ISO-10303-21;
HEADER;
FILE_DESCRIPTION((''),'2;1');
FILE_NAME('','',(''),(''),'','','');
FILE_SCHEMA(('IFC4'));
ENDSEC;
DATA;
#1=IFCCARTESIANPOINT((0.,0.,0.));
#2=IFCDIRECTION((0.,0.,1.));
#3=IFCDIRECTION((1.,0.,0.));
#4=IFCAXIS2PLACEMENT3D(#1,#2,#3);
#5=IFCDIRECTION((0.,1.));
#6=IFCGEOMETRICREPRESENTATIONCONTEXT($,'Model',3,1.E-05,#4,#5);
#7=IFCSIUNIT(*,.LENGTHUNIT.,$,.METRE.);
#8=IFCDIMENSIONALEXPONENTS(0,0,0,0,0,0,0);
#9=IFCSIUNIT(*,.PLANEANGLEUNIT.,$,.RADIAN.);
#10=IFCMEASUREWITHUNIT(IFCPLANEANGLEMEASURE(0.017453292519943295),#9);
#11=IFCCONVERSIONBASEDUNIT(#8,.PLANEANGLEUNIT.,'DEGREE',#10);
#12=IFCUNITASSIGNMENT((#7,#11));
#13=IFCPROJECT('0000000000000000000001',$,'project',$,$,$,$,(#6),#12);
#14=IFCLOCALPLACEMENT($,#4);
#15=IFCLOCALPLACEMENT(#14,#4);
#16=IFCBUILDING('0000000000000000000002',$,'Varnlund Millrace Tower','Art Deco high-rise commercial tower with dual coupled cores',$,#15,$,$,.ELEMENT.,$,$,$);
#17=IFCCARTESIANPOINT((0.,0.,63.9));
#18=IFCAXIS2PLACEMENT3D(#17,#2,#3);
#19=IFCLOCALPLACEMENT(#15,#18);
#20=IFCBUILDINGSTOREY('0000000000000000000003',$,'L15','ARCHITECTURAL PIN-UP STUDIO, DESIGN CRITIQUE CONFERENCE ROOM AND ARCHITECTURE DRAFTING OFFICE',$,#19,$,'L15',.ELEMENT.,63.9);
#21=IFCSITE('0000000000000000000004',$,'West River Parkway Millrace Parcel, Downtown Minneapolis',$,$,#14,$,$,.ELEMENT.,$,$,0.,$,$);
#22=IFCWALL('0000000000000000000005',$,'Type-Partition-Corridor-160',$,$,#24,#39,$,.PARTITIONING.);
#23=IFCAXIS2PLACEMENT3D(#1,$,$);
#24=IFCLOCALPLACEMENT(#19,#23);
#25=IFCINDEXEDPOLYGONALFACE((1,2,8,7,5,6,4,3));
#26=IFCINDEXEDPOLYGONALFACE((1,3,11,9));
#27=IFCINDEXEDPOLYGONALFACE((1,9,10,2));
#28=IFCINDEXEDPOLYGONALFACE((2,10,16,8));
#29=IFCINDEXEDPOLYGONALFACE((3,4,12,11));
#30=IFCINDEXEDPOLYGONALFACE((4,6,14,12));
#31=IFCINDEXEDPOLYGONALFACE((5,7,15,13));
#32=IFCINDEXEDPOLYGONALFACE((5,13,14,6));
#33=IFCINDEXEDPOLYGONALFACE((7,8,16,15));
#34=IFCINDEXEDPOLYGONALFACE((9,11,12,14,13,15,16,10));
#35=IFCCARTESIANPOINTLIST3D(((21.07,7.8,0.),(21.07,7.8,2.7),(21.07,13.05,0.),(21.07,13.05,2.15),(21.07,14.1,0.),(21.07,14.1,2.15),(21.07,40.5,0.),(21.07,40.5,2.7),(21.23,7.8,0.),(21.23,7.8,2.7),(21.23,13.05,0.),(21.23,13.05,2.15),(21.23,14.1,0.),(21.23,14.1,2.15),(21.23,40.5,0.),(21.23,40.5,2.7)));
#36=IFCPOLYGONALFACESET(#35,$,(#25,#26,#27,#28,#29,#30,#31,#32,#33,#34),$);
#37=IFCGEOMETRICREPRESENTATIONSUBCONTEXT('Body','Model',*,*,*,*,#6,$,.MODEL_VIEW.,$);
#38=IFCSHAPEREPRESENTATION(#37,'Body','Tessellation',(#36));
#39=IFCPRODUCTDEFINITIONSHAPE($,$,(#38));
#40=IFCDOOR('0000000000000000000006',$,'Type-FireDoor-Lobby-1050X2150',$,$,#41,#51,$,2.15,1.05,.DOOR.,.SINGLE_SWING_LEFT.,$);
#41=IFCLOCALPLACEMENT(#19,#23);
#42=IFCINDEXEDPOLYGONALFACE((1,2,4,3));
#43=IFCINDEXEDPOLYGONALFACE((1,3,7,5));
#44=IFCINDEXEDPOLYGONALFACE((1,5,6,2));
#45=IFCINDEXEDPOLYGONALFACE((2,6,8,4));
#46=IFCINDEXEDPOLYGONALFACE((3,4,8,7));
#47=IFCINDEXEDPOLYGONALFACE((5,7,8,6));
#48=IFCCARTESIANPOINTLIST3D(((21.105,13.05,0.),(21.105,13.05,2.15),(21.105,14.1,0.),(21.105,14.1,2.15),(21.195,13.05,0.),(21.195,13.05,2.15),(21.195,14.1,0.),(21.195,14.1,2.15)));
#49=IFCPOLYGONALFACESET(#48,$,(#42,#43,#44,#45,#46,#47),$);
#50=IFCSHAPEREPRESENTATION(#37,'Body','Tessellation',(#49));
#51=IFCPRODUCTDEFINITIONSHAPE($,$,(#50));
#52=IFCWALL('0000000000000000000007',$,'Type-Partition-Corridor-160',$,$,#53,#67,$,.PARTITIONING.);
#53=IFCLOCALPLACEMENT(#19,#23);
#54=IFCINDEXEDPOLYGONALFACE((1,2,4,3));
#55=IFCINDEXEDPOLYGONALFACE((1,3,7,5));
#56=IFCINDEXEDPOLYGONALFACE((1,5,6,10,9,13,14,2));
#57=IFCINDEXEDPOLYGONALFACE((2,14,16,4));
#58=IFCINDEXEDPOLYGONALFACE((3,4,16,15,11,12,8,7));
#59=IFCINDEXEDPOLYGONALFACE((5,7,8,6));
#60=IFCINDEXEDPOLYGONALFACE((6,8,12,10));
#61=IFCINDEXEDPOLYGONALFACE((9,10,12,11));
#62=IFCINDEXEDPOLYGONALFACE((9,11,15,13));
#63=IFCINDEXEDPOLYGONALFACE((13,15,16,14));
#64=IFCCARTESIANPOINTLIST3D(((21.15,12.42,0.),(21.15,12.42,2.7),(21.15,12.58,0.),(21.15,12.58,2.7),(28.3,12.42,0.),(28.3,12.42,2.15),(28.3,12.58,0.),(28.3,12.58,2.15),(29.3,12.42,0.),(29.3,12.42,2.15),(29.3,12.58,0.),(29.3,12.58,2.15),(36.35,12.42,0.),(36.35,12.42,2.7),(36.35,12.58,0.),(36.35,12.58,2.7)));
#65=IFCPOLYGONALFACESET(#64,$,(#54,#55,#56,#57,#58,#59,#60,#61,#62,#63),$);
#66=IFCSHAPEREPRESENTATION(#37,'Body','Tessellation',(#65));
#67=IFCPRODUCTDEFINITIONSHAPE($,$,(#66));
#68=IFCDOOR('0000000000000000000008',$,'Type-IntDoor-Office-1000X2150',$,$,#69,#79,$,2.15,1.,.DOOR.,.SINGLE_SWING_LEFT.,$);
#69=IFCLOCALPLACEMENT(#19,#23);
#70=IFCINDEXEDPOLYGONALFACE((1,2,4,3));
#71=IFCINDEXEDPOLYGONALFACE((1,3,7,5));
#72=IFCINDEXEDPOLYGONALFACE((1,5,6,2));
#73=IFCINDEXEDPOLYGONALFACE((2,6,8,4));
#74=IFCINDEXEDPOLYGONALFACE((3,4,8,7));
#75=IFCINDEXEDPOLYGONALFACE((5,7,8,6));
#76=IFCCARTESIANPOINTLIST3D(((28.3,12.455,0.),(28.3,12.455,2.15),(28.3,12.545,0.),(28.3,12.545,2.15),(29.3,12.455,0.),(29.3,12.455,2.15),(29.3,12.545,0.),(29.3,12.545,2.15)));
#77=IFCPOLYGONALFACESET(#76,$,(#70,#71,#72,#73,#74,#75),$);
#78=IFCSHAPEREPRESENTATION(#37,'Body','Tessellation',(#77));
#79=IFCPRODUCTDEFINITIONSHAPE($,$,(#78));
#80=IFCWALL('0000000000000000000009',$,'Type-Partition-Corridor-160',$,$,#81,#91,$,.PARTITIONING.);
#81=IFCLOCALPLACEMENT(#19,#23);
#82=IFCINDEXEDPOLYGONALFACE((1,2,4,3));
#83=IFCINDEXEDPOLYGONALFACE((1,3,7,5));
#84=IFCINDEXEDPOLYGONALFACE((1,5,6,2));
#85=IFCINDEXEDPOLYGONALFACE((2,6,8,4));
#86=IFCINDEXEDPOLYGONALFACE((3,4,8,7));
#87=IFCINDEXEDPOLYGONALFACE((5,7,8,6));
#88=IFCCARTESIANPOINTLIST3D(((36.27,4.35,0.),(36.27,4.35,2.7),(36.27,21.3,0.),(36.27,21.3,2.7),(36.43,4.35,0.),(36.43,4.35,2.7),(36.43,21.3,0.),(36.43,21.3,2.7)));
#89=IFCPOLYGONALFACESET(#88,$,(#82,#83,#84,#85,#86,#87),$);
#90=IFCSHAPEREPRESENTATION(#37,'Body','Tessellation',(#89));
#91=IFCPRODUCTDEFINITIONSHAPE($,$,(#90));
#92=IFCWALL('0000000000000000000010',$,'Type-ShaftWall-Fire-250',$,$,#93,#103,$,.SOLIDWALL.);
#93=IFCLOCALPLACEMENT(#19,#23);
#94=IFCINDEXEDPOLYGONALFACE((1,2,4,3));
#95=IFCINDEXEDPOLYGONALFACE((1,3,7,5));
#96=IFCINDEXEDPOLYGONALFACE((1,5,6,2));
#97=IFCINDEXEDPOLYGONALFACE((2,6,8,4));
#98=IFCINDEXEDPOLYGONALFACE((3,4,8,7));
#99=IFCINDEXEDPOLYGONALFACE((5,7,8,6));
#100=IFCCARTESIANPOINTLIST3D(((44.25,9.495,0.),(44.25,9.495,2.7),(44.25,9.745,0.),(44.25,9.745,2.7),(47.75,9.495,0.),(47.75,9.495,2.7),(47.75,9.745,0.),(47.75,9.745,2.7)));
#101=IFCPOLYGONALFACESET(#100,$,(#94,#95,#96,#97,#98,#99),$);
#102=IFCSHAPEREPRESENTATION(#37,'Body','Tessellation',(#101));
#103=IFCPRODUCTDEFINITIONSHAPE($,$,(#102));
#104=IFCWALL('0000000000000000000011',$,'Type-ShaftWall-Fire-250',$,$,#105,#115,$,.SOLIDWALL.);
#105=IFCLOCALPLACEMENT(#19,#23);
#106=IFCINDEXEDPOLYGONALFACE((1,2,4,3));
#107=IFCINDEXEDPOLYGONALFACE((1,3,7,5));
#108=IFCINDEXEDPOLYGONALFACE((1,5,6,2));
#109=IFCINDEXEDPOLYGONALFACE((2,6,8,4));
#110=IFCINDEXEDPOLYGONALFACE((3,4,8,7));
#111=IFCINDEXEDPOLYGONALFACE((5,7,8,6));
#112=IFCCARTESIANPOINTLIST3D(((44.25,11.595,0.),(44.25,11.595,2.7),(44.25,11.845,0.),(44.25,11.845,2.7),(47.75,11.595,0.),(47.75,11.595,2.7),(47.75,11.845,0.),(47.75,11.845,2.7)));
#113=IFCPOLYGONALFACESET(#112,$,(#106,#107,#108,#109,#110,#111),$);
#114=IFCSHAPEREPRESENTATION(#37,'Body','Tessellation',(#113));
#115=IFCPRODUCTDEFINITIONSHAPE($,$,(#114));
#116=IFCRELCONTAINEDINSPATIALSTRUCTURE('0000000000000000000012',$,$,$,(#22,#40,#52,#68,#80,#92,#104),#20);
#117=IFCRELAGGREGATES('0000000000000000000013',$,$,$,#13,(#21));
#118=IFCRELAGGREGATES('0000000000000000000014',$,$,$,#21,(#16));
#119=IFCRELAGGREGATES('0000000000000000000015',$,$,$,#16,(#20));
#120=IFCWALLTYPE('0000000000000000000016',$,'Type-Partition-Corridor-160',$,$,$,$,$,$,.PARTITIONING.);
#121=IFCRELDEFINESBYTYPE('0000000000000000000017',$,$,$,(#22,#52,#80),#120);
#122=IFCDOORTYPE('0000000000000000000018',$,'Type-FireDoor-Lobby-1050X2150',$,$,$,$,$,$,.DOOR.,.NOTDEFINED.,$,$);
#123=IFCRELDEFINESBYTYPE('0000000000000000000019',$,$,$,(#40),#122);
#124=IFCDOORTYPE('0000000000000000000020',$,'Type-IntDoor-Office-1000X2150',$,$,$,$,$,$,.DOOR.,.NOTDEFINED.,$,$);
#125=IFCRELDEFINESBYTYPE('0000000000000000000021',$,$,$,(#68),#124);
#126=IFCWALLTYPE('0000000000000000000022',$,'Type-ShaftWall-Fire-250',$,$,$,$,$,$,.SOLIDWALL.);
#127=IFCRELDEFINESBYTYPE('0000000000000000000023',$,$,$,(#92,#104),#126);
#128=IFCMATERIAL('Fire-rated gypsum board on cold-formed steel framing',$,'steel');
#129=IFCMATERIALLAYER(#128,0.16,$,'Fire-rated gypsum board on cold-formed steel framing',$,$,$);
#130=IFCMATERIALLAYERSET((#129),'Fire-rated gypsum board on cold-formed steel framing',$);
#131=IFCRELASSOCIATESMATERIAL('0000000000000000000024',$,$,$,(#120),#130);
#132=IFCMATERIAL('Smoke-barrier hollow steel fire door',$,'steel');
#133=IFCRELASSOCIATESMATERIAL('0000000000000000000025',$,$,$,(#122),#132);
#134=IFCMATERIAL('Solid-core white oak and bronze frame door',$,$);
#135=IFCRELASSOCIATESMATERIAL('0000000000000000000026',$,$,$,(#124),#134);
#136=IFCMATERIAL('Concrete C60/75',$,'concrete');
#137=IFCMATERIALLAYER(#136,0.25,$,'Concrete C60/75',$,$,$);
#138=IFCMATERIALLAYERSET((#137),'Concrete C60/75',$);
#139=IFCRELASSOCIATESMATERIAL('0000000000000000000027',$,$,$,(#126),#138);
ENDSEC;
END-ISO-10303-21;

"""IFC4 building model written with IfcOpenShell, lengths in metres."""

from ifc_helpers import new_model, entity, si_unit, converted_unit, direction, frame, origin_with_axes, origin_2d_with_axis, place, context, subcontext, project, spatial, polyline, rectangle, outline, extrude, material, layer, layer_set, type_object, element, fill, save


model = new_model("IFC4")

# Units and contexts
model_context = context("Model", 3, precision=1e-05, world=origin_with_axes(), true_north=direction((0.0, 1.0)))
body_context = subcontext(model_context, "Body", "Model", "MODEL_VIEW")
ifc_project = project(units=[si_unit("LENGTHUNIT", "METRE"), converted_unit("PLANEANGLEUNIT", "DEGREE", entity("IfcPlaneAngleMeasure", 0.017453292519943295), si_unit("PLANEANGLEUNIT", "RADIAN"), dimensions=[0, 0, 0, 0, 0, 0, 0])], contexts=[model_context])

# Site, building, storey
site_placement = place(None, origin_with_axes())
site = spatial("IfcSite", under=ifc_project, at=site_placement, Name="West River Parkway Millrace Parcel, Downtown Minneapolis", CompositionType="ELEMENT", RefElevation=0.0)
building_placement = place(site_placement, origin_with_axes())
building = spatial("IfcBuilding", under=site, at=building_placement, Name="Varnlund Millrace Tower", Description="Art Deco high-rise commercial tower with dual coupled cores", CompositionType="ELEMENT")
storey_placement = place(building_placement, frame((0.0, 0.0, 63.9), z_axis=(0.0, 0.0, 1.0), x_axis=(1.0, 0.0, 0.0)))
storey = spatial("IfcBuildingStorey", under=building, at=storey_placement, Name="L15", Description="ARCHITECTURAL PIN-UP STUDIO, DESIGN CRITIQUE CONFERENCE ROOM AND ARCHITECTURE DRAFTING OFFICE", LongName="L15", CompositionType="ELEMENT", Elevation=63.9)

# Walls, openings, doors
ifc_material_1 = material(Name="Fire-rated gypsum board on cold-formed steel framing", Category="steel")
ifc_layer_1 = layer(ifc_material_1, 0.16, Name="Fire-rated gypsum board on cold-formed steel framing")
ifc_layer_set_1 = layer_set([ifc_layer_1], Name="Fire-rated gypsum board on cold-formed steel framing")
wall_type_1 = type_object("IfcWallType", Name="Type-Partition-Corridor-160", PredefinedType="PARTITIONING", material=ifc_layer_set_1)
wall_1_placement = place(storey_placement, frame((21.15, 7.8, 0.0), z_axis=(0.0, 0.0, 1.0), x_axis=(0.0, 1.0, 0.0)))
wall_1 = element("IfcWall", 1, at=wall_1_placement, inside=storey, type_object=wall_type_1, Name="Type-Partition-Corridor-160", PredefinedType="PARTITIONING", context=body_context, shape_type="SweptSolid", body=[
    extrude(outline(polyline([(0.0, -0.08), (32.7, -0.08), (32.7, 0.08), (0.0, 0.08), (0.0, -0.08)])), origin_with_axes(), (0.0, 0.0, 1.0), 2.7),
])
opening_1_placement = place(wall_1_placement, frame((5.775, 0.0, 0.0), z_axis=(0.0, 0.0, 1.0), x_axis=(1.0, 0.0, 0.0)))
opening_1 = element("IfcOpeningElement", 2, at=opening_1_placement, cuts=wall_1, PredefinedType="OPENING", context=body_context, shape_type="SweptSolid", body=[
    extrude(rectangle(XDim=1.05, YDim=0.18, at=origin_2d_with_axis()), origin_with_axes(), (0.0, 0.0, 1.0), 2.15),
])
ifc_material_2 = material(Name="Smoke-barrier hollow steel fire door", Category="steel")
door_type_1 = type_object("IfcDoorType", Name="Type-FireDoor-Lobby-1050X2150", OperationType="NOTDEFINED", PredefinedType="DOOR", material=ifc_material_2)
door_1_placement = place(wall_1_placement, frame((5.775, 0.0, 0.0), z_axis=(0.0, 0.0, 1.0), x_axis=(1.0, 0.0, 0.0)))
door_1 = element("IfcDoor", 3, at=door_1_placement, inside=storey, type_object=door_type_1, Name="Type-FireDoor-Lobby-1050X2150", OperationType="SINGLE_SWING_LEFT", OverallHeight=2.15, OverallWidth=1.05, PredefinedType="DOOR", context=body_context, shape_type="SweptSolid", body=[
    extrude(rectangle(XDim=1.05, YDim=0.09, at=origin_2d_with_axis()), origin_with_axes(), (0.0, 0.0, 1.0), 2.15),
])
fill(opening_1, door_1)
wall_2_placement = place(storey_placement, frame((21.15, 12.5, 0.0), z_axis=(0.0, 0.0, 1.0), x_axis=(1.0, 0.0, 0.0)))
wall_2 = element("IfcWall", 4, at=wall_2_placement, inside=storey, type_object=wall_type_1, Name="Type-Partition-Corridor-160", PredefinedType="PARTITIONING", context=body_context, shape_type="SweptSolid", body=[
    extrude(outline(polyline([(0.0, -0.08), (15.2, -0.08), (15.2, 0.08), (0.0, 0.08), (0.0, -0.08)])), origin_with_axes(), (0.0, 0.0, 1.0), 2.7),
])
opening_2_placement = place(wall_2_placement, frame((7.65, 0.0, 0.0), z_axis=(0.0, 0.0, 1.0), x_axis=(1.0, 0.0, 0.0)))
opening_2 = element("IfcOpeningElement", 5, at=opening_2_placement, cuts=wall_2, PredefinedType="OPENING", context=body_context, shape_type="SweptSolid", body=[
    extrude(rectangle(XDim=1.0, YDim=0.18, at=origin_2d_with_axis()), origin_with_axes(), (0.0, 0.0, 1.0), 2.15),
])
ifc_material_3 = material(Name="Solid-core white oak and bronze frame door")
door_type_2 = type_object("IfcDoorType", Name="Type-IntDoor-Office-1000X2150", OperationType="NOTDEFINED", PredefinedType="DOOR", material=ifc_material_3)
door_2_placement = place(wall_2_placement, frame((7.65, 0.0, 0.0), z_axis=(0.0, 0.0, 1.0), x_axis=(1.0, 0.0, 0.0)))
door_2 = element("IfcDoor", 6, at=door_2_placement, inside=storey, type_object=door_type_2, Name="Type-IntDoor-Office-1000X2150", OperationType="SINGLE_SWING_LEFT", OverallHeight=2.15, OverallWidth=1.0, PredefinedType="DOOR", context=body_context, shape_type="SweptSolid", body=[
    extrude(rectangle(XDim=1.0, YDim=0.09, at=origin_2d_with_axis()), origin_with_axes(), (0.0, 0.0, 1.0), 2.15),
])
fill(opening_2, door_2)

# Walls
wall_3_placement = place(storey_placement, frame((36.35, 4.35, 0.0), z_axis=(0.0, 0.0, 1.0), x_axis=(0.0, 1.0, 0.0)))
element("IfcWall", 7, at=wall_3_placement, inside=storey, type_object=wall_type_1, Name="Type-Partition-Corridor-160", PredefinedType="PARTITIONING", context=body_context, shape_type="SweptSolid", body=[
    extrude(outline(polyline([(0.0, -0.08), (16.95, -0.08), (16.95, 0.08), (0.0, 0.08), (0.0, -0.08)])), origin_with_axes(), (0.0, 0.0, 1.0), 2.7),
])
ifc_material_4 = material(Name="Concrete C60/75", Category="concrete")
ifc_layer_2 = layer(ifc_material_4, 0.25, Name="Concrete C60/75")
ifc_layer_set_2 = layer_set([ifc_layer_2], Name="Concrete C60/75")
wall_type_2 = type_object("IfcWallType", Name="Type-ShaftWall-Fire-250", PredefinedType="SOLIDWALL", material=ifc_layer_set_2)
for number, where, z_axis, x_axis, name in (
    (8, (44.25, 9.62, 0.0), (0.0, 0.0, 1.0), (1.0, 0.0, 0.0), "Type-ShaftWall-Fire-250"),
    (9, (44.25, 11.72, 0.0), (0.0, 0.0, 1.0), (1.0, 0.0, 0.0), "Type-ShaftWall-Fire-250"),
):
    element("IfcWall", number, at=place(storey_placement, frame(where, z_axis=z_axis, x_axis=x_axis)), inside=storey, type_object=wall_type_2, Name=name, PredefinedType="SOLIDWALL", context=body_context, shape_type="SweptSolid", body=[
        extrude(outline(polyline([(0.0, -0.125), (3.5, -0.125), (3.5, 0.125), (0.0, 0.125), (0.0, -0.125)])), origin_with_axes(), (0.0, 0.0, 1.0), 2.7),
    ])

save(model, "model.ifc")
